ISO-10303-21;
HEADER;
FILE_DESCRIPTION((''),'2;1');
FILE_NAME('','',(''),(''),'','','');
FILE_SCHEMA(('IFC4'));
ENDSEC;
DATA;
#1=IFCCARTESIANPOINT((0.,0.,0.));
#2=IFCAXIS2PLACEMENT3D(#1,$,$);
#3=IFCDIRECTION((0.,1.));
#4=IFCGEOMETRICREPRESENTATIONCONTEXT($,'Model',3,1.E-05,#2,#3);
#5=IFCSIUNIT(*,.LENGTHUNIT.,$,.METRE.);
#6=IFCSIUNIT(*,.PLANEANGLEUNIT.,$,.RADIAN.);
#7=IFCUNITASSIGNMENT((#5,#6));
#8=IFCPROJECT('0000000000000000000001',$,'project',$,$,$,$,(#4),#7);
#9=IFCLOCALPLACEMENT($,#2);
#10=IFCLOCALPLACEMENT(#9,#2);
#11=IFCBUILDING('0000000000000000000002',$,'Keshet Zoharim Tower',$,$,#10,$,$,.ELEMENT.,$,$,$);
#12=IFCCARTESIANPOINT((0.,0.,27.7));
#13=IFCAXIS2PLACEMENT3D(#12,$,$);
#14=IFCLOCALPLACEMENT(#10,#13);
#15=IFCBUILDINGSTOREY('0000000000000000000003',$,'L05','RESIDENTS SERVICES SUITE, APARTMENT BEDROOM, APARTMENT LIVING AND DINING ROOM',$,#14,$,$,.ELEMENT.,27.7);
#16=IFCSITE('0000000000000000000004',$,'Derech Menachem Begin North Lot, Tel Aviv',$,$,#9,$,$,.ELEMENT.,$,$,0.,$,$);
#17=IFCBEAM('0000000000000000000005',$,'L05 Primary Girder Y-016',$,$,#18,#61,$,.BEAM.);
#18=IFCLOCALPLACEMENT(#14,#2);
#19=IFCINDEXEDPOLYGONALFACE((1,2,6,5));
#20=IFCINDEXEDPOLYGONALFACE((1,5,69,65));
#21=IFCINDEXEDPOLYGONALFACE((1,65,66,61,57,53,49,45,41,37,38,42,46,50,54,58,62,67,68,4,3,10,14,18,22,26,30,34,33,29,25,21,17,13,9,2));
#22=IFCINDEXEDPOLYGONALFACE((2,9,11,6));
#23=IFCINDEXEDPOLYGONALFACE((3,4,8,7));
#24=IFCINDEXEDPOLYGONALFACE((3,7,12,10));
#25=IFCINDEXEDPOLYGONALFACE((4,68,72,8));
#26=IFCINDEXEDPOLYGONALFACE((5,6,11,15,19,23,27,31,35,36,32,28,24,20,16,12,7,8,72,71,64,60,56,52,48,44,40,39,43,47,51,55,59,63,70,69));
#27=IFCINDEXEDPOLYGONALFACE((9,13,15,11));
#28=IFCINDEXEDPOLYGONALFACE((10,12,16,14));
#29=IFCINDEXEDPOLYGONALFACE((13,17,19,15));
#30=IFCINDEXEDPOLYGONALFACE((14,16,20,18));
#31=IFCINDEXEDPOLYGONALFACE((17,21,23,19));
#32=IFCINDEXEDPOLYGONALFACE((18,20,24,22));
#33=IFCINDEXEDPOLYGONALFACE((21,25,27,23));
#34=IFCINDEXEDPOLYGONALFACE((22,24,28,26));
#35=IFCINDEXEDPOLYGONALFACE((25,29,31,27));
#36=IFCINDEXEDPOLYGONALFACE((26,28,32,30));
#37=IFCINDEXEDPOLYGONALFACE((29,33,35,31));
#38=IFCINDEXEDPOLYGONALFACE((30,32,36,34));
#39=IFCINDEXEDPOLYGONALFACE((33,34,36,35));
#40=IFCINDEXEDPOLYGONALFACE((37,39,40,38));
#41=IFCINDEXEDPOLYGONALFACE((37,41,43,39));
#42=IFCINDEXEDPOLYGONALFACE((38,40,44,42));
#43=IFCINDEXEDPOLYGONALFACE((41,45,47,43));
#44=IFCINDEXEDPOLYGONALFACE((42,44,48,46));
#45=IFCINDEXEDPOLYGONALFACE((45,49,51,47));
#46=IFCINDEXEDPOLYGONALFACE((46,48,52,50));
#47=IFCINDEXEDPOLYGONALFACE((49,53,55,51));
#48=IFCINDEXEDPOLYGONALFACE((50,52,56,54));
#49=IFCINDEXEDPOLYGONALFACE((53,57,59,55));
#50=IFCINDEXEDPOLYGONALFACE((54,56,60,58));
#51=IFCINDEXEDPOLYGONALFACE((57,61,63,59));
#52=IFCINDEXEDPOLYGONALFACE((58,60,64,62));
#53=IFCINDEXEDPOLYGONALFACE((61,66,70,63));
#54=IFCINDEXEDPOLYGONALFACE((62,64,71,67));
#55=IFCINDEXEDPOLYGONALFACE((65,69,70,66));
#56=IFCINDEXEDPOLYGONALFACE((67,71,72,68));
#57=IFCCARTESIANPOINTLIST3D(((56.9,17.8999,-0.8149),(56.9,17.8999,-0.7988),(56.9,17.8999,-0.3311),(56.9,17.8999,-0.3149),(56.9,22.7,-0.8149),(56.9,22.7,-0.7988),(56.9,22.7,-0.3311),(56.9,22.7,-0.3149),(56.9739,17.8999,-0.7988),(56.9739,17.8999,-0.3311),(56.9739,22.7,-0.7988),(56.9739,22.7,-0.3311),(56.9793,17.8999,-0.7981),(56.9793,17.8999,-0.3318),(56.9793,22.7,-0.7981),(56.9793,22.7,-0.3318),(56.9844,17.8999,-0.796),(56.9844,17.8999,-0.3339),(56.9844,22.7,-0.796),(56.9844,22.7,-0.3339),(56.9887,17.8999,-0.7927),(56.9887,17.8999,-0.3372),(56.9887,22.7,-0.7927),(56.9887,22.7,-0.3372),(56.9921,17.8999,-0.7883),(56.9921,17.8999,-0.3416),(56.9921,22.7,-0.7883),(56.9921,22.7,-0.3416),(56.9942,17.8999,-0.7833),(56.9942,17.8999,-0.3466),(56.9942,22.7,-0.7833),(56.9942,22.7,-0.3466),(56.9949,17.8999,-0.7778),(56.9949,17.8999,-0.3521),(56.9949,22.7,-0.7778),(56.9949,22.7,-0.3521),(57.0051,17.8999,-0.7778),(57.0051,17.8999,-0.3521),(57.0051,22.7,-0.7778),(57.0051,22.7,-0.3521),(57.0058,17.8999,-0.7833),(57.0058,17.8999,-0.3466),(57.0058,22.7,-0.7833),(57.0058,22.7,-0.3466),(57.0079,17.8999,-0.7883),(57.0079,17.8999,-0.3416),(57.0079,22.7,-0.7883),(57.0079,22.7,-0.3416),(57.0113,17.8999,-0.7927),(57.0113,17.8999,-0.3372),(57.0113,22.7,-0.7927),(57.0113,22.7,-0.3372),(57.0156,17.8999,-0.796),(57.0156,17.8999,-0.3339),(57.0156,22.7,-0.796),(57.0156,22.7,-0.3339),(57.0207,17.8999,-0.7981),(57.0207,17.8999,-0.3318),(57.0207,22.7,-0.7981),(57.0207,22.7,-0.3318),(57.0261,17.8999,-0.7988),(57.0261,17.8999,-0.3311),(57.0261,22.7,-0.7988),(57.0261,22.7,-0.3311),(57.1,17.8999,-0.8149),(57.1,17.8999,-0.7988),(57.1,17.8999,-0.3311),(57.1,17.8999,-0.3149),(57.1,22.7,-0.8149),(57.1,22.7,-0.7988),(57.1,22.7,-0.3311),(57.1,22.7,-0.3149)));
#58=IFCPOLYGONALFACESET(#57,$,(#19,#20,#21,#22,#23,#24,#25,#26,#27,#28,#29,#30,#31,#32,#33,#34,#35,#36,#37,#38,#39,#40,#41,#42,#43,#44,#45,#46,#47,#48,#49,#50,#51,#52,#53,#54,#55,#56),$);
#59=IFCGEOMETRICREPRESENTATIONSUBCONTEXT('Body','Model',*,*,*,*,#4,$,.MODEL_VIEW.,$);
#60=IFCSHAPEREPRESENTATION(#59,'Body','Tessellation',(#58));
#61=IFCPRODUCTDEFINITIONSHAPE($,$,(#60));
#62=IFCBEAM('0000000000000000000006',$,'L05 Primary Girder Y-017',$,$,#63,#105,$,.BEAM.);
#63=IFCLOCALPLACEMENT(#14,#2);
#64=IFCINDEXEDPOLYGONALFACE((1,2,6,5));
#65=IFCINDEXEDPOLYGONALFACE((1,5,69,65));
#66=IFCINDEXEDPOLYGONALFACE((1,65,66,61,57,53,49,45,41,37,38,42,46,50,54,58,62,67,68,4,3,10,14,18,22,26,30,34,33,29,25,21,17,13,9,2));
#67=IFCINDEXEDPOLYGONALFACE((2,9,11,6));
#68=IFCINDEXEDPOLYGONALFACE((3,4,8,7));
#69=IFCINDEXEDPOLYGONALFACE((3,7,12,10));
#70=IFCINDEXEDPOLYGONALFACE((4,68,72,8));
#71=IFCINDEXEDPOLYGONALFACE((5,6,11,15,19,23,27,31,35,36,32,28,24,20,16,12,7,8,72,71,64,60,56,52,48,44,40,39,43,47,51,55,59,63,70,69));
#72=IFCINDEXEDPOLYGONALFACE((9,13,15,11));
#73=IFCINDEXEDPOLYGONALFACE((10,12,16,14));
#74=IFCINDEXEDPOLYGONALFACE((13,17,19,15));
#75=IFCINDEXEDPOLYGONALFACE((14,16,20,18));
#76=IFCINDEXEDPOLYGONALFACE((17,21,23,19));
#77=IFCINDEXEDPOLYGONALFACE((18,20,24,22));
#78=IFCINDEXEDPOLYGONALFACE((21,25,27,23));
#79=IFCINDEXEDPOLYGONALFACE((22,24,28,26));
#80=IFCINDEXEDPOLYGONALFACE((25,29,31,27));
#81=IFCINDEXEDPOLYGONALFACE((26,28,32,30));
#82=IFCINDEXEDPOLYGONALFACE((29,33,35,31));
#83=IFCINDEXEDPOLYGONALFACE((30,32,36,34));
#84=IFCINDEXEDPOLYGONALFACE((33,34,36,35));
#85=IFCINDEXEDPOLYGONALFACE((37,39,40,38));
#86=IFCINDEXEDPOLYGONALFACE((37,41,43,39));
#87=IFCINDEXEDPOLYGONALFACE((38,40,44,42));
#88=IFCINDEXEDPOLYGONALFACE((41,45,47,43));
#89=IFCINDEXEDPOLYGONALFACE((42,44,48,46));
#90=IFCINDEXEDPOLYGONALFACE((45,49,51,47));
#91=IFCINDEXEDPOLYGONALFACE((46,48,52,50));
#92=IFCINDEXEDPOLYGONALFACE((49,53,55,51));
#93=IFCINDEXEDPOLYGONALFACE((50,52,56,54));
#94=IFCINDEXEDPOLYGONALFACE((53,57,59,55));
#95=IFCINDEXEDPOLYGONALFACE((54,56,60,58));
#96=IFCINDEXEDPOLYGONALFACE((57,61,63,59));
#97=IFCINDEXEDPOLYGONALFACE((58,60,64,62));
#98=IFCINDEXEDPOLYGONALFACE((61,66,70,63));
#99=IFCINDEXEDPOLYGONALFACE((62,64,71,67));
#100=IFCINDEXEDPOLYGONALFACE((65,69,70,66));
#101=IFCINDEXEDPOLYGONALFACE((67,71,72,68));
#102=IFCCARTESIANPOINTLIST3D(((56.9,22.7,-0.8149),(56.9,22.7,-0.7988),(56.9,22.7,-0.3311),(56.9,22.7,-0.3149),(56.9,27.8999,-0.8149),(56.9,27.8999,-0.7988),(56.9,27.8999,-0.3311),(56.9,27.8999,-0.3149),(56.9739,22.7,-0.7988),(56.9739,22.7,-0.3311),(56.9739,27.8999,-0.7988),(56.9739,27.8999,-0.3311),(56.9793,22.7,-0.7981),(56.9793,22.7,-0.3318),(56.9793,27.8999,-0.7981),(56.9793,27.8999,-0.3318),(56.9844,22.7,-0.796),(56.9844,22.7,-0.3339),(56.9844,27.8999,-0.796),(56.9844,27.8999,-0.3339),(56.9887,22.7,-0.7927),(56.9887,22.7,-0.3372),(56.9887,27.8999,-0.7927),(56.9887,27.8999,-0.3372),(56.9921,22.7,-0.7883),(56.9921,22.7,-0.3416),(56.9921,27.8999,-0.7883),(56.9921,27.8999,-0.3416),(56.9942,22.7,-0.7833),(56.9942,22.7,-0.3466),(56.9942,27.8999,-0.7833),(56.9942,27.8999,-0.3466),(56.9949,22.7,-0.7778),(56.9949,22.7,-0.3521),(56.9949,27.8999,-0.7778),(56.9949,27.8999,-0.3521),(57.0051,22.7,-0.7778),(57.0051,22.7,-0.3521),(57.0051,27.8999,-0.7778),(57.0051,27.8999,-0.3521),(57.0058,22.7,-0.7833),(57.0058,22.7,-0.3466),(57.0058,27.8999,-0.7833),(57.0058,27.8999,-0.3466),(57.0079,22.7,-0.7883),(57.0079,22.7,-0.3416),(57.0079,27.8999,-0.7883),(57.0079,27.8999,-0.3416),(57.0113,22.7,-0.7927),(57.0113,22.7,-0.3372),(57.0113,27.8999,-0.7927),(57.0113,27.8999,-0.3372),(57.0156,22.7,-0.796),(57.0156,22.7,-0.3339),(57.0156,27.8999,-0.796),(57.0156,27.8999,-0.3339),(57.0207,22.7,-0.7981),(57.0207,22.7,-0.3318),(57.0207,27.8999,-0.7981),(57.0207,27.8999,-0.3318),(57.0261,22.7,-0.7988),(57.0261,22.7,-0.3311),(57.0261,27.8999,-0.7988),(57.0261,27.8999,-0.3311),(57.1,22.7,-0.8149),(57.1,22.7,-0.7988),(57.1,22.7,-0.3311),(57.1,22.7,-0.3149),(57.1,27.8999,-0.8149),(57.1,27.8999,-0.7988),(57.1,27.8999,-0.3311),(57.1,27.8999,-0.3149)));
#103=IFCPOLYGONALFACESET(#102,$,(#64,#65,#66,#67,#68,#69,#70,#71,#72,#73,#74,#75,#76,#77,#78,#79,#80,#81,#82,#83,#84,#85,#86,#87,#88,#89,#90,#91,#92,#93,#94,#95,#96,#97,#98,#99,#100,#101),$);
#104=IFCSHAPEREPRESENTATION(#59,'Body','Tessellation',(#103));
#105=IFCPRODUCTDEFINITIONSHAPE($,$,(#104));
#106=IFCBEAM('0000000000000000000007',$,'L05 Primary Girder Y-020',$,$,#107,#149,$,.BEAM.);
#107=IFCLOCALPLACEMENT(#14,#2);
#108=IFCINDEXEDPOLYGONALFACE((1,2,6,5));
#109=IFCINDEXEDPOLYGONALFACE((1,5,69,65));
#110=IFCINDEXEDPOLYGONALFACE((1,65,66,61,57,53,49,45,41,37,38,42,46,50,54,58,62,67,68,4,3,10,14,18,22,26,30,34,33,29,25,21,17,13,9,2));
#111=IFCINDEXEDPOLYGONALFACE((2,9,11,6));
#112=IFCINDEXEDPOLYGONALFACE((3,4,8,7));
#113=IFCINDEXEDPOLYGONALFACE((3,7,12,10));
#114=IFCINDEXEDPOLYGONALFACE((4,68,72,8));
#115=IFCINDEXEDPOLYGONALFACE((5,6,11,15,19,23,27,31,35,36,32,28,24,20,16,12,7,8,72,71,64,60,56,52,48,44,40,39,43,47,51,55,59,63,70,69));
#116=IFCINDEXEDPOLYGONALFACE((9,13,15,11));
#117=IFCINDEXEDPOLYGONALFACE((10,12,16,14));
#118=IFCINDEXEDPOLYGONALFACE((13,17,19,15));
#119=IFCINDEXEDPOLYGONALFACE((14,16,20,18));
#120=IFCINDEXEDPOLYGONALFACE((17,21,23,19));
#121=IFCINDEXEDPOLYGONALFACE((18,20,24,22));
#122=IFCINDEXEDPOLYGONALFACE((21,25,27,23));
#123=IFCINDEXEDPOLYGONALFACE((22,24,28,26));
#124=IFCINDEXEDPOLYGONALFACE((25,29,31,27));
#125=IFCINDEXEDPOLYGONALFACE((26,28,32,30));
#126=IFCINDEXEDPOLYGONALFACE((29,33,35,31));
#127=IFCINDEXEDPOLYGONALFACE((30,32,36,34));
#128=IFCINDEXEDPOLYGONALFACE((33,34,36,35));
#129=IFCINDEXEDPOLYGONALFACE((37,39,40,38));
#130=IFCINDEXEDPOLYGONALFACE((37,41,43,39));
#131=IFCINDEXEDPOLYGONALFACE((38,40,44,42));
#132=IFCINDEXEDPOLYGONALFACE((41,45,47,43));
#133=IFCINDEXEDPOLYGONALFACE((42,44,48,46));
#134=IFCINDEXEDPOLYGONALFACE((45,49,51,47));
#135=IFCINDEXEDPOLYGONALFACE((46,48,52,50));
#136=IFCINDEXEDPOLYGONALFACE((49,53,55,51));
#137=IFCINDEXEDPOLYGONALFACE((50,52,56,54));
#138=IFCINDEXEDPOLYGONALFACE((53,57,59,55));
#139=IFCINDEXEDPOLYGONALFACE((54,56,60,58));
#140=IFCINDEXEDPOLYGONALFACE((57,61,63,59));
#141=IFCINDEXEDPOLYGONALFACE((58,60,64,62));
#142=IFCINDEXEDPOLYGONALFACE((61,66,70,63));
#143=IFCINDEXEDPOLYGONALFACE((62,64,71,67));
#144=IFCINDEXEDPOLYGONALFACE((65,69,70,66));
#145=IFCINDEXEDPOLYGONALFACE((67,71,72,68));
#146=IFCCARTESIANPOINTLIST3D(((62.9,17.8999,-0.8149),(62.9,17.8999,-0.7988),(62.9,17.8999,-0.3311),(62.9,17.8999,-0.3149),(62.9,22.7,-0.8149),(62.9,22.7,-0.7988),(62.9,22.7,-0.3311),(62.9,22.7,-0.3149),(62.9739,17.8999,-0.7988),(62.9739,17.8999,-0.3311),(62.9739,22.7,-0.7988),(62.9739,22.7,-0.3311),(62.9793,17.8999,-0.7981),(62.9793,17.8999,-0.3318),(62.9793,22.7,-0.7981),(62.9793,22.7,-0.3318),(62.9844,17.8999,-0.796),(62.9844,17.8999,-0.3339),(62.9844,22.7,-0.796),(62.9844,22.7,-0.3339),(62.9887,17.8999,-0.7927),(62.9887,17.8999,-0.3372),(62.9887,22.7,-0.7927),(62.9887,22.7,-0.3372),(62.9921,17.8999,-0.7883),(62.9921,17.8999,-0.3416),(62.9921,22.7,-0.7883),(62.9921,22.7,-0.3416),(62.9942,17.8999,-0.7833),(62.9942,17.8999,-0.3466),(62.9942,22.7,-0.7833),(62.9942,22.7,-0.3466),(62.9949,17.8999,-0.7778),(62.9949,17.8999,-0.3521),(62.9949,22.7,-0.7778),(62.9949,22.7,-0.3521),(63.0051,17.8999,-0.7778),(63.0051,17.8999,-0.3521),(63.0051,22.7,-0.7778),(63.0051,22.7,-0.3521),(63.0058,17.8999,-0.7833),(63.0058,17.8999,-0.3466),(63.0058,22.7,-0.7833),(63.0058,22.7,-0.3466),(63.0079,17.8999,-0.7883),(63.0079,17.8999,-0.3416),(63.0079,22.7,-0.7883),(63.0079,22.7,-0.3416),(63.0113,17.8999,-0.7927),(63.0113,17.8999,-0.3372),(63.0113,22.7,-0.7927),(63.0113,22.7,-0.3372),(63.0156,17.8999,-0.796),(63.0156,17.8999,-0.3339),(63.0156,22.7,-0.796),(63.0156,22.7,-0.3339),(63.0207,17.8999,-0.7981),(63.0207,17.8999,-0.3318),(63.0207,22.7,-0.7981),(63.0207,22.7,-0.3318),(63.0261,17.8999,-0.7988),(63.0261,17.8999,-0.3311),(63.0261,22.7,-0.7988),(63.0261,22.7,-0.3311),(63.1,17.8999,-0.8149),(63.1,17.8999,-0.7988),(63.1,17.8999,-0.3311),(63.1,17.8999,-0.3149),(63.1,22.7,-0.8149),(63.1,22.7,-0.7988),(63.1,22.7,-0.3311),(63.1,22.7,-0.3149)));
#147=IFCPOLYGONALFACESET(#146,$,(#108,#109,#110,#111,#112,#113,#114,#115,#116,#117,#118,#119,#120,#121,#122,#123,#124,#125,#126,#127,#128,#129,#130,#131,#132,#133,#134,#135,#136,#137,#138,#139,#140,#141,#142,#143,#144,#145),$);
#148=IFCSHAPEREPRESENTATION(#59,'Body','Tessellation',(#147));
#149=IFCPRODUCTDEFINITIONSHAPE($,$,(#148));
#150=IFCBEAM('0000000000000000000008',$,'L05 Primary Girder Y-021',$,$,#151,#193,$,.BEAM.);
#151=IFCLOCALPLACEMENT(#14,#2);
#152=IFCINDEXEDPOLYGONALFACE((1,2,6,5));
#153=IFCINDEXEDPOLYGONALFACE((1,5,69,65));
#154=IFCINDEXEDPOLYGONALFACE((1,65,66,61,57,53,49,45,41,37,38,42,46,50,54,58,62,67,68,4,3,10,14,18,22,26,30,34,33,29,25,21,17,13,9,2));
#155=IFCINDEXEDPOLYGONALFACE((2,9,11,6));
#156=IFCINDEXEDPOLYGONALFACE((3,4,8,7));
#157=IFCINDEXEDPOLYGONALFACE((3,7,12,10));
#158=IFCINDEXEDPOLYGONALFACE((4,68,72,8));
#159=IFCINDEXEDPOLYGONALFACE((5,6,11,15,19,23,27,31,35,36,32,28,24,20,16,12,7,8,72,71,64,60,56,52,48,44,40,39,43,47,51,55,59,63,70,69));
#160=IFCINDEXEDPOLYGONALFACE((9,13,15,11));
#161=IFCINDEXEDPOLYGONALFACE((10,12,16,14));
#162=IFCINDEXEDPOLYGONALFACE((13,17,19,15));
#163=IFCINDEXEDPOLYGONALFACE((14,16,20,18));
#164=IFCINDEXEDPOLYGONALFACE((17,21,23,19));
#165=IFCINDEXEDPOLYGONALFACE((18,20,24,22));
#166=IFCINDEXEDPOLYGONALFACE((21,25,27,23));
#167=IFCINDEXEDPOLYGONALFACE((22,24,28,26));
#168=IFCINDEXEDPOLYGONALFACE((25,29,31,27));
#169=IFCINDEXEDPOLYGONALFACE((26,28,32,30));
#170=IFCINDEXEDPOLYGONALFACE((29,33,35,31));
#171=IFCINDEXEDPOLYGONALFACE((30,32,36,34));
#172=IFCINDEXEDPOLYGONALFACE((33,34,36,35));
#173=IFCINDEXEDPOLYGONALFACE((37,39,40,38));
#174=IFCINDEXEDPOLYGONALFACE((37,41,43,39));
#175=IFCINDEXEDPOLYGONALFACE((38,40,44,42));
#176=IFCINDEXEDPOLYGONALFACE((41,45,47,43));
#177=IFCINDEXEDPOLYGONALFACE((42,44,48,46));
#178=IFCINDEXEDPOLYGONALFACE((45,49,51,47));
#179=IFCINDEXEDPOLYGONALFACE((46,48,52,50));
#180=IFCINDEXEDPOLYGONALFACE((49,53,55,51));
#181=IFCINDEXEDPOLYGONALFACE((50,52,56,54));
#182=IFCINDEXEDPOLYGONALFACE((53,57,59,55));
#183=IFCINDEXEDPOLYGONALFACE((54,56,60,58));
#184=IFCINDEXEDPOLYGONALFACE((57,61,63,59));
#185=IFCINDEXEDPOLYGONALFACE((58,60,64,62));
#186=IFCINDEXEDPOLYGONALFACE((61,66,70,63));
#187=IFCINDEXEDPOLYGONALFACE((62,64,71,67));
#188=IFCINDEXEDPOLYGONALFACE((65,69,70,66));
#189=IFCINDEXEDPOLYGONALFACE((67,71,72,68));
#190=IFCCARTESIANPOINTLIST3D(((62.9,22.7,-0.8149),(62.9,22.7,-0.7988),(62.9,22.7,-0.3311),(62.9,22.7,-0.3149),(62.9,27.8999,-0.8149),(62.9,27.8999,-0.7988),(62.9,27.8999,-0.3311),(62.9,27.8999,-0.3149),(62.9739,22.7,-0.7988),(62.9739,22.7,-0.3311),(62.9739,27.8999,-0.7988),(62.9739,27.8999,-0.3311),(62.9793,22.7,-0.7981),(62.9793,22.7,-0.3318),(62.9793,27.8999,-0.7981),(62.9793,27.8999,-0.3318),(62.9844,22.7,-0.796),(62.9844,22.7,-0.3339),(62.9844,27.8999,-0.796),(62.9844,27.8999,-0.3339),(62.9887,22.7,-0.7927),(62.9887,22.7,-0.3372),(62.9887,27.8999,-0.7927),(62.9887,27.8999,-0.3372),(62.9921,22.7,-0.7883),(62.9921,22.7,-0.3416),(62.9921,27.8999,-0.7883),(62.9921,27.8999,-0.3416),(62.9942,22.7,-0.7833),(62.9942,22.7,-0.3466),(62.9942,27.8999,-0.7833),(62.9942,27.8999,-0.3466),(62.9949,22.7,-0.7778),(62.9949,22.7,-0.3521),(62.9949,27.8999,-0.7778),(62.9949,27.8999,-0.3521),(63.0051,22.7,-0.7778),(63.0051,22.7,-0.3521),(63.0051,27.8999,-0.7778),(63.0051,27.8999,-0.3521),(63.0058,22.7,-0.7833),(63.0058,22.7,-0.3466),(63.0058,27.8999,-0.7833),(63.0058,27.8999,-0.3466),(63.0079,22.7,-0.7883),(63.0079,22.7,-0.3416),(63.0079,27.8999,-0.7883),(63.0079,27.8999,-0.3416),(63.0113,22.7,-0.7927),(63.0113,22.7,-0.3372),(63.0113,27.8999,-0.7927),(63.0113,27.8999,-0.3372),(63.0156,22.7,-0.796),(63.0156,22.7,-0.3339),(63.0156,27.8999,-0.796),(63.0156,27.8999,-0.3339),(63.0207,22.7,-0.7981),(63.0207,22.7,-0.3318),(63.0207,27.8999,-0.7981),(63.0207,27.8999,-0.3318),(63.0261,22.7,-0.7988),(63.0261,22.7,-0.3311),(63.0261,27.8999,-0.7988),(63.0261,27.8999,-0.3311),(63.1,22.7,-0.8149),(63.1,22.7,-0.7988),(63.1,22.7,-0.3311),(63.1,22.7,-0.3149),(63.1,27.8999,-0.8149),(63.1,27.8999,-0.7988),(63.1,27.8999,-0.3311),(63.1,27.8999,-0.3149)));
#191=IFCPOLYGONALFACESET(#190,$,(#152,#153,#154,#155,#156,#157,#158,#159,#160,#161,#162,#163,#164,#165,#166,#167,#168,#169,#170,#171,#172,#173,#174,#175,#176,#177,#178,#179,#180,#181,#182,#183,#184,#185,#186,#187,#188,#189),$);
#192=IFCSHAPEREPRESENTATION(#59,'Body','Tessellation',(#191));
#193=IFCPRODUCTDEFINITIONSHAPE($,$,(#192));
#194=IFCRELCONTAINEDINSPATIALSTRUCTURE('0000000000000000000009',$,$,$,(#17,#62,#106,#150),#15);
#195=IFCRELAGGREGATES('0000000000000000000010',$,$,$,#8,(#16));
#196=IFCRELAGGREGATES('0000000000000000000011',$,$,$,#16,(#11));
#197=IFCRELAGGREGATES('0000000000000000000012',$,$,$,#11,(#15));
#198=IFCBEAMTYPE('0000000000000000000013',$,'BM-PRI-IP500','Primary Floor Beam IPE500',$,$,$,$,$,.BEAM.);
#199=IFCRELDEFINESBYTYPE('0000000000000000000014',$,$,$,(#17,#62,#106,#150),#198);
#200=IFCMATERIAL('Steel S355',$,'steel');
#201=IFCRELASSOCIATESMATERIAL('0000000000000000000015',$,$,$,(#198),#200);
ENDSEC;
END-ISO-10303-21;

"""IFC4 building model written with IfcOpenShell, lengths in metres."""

from ifc_helpers import new_model, si_unit, direction, frame, origin, origin_2d, place, context, subcontext, project, spatial, i_section, extrude, material, material_profile, profile_set, type_object, element, save


model = new_model("IFC4")

# Units and contexts
model_context = context("Model", 3, precision=1e-05, world=origin(), true_north=direction((0.0, 1.0)))
body_context = subcontext(model_context, "Body", "Model", "MODEL_VIEW")
ifc_project = project(units=[si_unit("LENGTHUNIT", "METRE"), si_unit("PLANEANGLEUNIT", "RADIAN")], contexts=[model_context])

# Site, building, storey
site_placement = place(None, origin())
site = spatial("IfcSite", under=ifc_project, at=site_placement, Name="Derech Menachem Begin North Lot, Tel Aviv", CompositionType="ELEMENT", RefElevation=0.0)
building_placement = place(site_placement, origin())
building = spatial("IfcBuilding", under=site, at=building_placement, Name="Keshet Zoharim Tower", CompositionType="ELEMENT")
storey_placement = place(building_placement, frame((0.0, 0.0, 27.7)))
storey = spatial("IfcBuildingStorey", under=building, at=storey_placement, Name="L05", Description="RESIDENTS SERVICES SUITE, APARTMENT BEDROOM, APARTMENT LIVING AND DINING ROOM", CompositionType="ELEMENT", Elevation=27.7)

# Shared definitions
ifc_material_1 = material(Name="Steel S355", Category="steel")

# Beams
ifc_material_profile_1 = material_profile(ifc_material_1, i_section(OverallWidth=0.2, OverallDepth=0.5, WebThickness=0.0103, FlangeThickness=0.0161, FilletRadius=0.021, at=origin_2d()), Name="IPE500")
ifc_profile_set_1 = profile_set([ifc_material_profile_1], Name="Steel S355")
beam_type_1 = type_object("IfcBeamType", Name="BM-PRI-IP500", Description="Primary Floor Beam IPE500", PredefinedType="BEAM", material=ifc_profile_set_1)
beam_1_placement = place(storey_placement, frame((57.0, 17.8999, -0.5649), z_axis=(0.0, 1.0, 0.0), x_axis=(-1.0, 0.0, 0.0)))
element("IfcBeam", 1, at=beam_1_placement, inside=storey, type_object=beam_type_1, Name="L05 Primary Girder Y-016", PredefinedType="BEAM", context=body_context, shape_type="SweptSolid", body=[
    extrude(i_section(OverallWidth=0.2, OverallDepth=0.5, WebThickness=0.0103, FlangeThickness=0.0161, FilletRadius=0.021, at=origin_2d()), origin(), (0.0, 0.0, 1.0), 4.8),
])
beam_2_placement = place(storey_placement, frame((57.0, 22.7, -0.5649), z_axis=(0.0, 1.0, 0.0), x_axis=(-1.0, 0.0, 0.0)))
element("IfcBeam", 2, at=beam_2_placement, inside=storey, type_object=beam_type_1, Name="L05 Primary Girder Y-017", PredefinedType="BEAM", context=body_context, shape_type="SweptSolid", body=[
    extrude(i_section(OverallWidth=0.2, OverallDepth=0.5, WebThickness=0.0103, FlangeThickness=0.0161, FilletRadius=0.021, at=origin_2d()), origin(), (0.0, 0.0, 1.0), 5.2),
])
beam_3_placement = place(storey_placement, frame((63.0, 17.8999, -0.5649), z_axis=(0.0, 1.0, 0.0), x_axis=(-1.0, 0.0, 0.0)))
element("IfcBeam", 3, at=beam_3_placement, inside=storey, type_object=beam_type_1, Name="L05 Primary Girder Y-020", PredefinedType="BEAM", context=body_context, shape_type="SweptSolid", body=[
    extrude(i_section(OverallWidth=0.2, OverallDepth=0.5, WebThickness=0.0103, FlangeThickness=0.0161, FilletRadius=0.021, at=origin_2d()), origin(), (0.0, 0.0, 1.0), 4.8),
])
beam_4_placement = place(storey_placement, frame((63.0, 22.7, -0.5649), z_axis=(0.0, 1.0, 0.0), x_axis=(-1.0, 0.0, 0.0)))
element("IfcBeam", 4, at=beam_4_placement, inside=storey, type_object=beam_type_1, Name="L05 Primary Girder Y-021", PredefinedType="BEAM", context=body_context, shape_type="SweptSolid", body=[
    extrude(i_section(OverallWidth=0.2, OverallDepth=0.5, WebThickness=0.0103, FlangeThickness=0.0161, FilletRadius=0.021, at=origin_2d()), origin(), (0.0, 0.0, 1.0), 5.2),
])

save(model, "model.ifc")
